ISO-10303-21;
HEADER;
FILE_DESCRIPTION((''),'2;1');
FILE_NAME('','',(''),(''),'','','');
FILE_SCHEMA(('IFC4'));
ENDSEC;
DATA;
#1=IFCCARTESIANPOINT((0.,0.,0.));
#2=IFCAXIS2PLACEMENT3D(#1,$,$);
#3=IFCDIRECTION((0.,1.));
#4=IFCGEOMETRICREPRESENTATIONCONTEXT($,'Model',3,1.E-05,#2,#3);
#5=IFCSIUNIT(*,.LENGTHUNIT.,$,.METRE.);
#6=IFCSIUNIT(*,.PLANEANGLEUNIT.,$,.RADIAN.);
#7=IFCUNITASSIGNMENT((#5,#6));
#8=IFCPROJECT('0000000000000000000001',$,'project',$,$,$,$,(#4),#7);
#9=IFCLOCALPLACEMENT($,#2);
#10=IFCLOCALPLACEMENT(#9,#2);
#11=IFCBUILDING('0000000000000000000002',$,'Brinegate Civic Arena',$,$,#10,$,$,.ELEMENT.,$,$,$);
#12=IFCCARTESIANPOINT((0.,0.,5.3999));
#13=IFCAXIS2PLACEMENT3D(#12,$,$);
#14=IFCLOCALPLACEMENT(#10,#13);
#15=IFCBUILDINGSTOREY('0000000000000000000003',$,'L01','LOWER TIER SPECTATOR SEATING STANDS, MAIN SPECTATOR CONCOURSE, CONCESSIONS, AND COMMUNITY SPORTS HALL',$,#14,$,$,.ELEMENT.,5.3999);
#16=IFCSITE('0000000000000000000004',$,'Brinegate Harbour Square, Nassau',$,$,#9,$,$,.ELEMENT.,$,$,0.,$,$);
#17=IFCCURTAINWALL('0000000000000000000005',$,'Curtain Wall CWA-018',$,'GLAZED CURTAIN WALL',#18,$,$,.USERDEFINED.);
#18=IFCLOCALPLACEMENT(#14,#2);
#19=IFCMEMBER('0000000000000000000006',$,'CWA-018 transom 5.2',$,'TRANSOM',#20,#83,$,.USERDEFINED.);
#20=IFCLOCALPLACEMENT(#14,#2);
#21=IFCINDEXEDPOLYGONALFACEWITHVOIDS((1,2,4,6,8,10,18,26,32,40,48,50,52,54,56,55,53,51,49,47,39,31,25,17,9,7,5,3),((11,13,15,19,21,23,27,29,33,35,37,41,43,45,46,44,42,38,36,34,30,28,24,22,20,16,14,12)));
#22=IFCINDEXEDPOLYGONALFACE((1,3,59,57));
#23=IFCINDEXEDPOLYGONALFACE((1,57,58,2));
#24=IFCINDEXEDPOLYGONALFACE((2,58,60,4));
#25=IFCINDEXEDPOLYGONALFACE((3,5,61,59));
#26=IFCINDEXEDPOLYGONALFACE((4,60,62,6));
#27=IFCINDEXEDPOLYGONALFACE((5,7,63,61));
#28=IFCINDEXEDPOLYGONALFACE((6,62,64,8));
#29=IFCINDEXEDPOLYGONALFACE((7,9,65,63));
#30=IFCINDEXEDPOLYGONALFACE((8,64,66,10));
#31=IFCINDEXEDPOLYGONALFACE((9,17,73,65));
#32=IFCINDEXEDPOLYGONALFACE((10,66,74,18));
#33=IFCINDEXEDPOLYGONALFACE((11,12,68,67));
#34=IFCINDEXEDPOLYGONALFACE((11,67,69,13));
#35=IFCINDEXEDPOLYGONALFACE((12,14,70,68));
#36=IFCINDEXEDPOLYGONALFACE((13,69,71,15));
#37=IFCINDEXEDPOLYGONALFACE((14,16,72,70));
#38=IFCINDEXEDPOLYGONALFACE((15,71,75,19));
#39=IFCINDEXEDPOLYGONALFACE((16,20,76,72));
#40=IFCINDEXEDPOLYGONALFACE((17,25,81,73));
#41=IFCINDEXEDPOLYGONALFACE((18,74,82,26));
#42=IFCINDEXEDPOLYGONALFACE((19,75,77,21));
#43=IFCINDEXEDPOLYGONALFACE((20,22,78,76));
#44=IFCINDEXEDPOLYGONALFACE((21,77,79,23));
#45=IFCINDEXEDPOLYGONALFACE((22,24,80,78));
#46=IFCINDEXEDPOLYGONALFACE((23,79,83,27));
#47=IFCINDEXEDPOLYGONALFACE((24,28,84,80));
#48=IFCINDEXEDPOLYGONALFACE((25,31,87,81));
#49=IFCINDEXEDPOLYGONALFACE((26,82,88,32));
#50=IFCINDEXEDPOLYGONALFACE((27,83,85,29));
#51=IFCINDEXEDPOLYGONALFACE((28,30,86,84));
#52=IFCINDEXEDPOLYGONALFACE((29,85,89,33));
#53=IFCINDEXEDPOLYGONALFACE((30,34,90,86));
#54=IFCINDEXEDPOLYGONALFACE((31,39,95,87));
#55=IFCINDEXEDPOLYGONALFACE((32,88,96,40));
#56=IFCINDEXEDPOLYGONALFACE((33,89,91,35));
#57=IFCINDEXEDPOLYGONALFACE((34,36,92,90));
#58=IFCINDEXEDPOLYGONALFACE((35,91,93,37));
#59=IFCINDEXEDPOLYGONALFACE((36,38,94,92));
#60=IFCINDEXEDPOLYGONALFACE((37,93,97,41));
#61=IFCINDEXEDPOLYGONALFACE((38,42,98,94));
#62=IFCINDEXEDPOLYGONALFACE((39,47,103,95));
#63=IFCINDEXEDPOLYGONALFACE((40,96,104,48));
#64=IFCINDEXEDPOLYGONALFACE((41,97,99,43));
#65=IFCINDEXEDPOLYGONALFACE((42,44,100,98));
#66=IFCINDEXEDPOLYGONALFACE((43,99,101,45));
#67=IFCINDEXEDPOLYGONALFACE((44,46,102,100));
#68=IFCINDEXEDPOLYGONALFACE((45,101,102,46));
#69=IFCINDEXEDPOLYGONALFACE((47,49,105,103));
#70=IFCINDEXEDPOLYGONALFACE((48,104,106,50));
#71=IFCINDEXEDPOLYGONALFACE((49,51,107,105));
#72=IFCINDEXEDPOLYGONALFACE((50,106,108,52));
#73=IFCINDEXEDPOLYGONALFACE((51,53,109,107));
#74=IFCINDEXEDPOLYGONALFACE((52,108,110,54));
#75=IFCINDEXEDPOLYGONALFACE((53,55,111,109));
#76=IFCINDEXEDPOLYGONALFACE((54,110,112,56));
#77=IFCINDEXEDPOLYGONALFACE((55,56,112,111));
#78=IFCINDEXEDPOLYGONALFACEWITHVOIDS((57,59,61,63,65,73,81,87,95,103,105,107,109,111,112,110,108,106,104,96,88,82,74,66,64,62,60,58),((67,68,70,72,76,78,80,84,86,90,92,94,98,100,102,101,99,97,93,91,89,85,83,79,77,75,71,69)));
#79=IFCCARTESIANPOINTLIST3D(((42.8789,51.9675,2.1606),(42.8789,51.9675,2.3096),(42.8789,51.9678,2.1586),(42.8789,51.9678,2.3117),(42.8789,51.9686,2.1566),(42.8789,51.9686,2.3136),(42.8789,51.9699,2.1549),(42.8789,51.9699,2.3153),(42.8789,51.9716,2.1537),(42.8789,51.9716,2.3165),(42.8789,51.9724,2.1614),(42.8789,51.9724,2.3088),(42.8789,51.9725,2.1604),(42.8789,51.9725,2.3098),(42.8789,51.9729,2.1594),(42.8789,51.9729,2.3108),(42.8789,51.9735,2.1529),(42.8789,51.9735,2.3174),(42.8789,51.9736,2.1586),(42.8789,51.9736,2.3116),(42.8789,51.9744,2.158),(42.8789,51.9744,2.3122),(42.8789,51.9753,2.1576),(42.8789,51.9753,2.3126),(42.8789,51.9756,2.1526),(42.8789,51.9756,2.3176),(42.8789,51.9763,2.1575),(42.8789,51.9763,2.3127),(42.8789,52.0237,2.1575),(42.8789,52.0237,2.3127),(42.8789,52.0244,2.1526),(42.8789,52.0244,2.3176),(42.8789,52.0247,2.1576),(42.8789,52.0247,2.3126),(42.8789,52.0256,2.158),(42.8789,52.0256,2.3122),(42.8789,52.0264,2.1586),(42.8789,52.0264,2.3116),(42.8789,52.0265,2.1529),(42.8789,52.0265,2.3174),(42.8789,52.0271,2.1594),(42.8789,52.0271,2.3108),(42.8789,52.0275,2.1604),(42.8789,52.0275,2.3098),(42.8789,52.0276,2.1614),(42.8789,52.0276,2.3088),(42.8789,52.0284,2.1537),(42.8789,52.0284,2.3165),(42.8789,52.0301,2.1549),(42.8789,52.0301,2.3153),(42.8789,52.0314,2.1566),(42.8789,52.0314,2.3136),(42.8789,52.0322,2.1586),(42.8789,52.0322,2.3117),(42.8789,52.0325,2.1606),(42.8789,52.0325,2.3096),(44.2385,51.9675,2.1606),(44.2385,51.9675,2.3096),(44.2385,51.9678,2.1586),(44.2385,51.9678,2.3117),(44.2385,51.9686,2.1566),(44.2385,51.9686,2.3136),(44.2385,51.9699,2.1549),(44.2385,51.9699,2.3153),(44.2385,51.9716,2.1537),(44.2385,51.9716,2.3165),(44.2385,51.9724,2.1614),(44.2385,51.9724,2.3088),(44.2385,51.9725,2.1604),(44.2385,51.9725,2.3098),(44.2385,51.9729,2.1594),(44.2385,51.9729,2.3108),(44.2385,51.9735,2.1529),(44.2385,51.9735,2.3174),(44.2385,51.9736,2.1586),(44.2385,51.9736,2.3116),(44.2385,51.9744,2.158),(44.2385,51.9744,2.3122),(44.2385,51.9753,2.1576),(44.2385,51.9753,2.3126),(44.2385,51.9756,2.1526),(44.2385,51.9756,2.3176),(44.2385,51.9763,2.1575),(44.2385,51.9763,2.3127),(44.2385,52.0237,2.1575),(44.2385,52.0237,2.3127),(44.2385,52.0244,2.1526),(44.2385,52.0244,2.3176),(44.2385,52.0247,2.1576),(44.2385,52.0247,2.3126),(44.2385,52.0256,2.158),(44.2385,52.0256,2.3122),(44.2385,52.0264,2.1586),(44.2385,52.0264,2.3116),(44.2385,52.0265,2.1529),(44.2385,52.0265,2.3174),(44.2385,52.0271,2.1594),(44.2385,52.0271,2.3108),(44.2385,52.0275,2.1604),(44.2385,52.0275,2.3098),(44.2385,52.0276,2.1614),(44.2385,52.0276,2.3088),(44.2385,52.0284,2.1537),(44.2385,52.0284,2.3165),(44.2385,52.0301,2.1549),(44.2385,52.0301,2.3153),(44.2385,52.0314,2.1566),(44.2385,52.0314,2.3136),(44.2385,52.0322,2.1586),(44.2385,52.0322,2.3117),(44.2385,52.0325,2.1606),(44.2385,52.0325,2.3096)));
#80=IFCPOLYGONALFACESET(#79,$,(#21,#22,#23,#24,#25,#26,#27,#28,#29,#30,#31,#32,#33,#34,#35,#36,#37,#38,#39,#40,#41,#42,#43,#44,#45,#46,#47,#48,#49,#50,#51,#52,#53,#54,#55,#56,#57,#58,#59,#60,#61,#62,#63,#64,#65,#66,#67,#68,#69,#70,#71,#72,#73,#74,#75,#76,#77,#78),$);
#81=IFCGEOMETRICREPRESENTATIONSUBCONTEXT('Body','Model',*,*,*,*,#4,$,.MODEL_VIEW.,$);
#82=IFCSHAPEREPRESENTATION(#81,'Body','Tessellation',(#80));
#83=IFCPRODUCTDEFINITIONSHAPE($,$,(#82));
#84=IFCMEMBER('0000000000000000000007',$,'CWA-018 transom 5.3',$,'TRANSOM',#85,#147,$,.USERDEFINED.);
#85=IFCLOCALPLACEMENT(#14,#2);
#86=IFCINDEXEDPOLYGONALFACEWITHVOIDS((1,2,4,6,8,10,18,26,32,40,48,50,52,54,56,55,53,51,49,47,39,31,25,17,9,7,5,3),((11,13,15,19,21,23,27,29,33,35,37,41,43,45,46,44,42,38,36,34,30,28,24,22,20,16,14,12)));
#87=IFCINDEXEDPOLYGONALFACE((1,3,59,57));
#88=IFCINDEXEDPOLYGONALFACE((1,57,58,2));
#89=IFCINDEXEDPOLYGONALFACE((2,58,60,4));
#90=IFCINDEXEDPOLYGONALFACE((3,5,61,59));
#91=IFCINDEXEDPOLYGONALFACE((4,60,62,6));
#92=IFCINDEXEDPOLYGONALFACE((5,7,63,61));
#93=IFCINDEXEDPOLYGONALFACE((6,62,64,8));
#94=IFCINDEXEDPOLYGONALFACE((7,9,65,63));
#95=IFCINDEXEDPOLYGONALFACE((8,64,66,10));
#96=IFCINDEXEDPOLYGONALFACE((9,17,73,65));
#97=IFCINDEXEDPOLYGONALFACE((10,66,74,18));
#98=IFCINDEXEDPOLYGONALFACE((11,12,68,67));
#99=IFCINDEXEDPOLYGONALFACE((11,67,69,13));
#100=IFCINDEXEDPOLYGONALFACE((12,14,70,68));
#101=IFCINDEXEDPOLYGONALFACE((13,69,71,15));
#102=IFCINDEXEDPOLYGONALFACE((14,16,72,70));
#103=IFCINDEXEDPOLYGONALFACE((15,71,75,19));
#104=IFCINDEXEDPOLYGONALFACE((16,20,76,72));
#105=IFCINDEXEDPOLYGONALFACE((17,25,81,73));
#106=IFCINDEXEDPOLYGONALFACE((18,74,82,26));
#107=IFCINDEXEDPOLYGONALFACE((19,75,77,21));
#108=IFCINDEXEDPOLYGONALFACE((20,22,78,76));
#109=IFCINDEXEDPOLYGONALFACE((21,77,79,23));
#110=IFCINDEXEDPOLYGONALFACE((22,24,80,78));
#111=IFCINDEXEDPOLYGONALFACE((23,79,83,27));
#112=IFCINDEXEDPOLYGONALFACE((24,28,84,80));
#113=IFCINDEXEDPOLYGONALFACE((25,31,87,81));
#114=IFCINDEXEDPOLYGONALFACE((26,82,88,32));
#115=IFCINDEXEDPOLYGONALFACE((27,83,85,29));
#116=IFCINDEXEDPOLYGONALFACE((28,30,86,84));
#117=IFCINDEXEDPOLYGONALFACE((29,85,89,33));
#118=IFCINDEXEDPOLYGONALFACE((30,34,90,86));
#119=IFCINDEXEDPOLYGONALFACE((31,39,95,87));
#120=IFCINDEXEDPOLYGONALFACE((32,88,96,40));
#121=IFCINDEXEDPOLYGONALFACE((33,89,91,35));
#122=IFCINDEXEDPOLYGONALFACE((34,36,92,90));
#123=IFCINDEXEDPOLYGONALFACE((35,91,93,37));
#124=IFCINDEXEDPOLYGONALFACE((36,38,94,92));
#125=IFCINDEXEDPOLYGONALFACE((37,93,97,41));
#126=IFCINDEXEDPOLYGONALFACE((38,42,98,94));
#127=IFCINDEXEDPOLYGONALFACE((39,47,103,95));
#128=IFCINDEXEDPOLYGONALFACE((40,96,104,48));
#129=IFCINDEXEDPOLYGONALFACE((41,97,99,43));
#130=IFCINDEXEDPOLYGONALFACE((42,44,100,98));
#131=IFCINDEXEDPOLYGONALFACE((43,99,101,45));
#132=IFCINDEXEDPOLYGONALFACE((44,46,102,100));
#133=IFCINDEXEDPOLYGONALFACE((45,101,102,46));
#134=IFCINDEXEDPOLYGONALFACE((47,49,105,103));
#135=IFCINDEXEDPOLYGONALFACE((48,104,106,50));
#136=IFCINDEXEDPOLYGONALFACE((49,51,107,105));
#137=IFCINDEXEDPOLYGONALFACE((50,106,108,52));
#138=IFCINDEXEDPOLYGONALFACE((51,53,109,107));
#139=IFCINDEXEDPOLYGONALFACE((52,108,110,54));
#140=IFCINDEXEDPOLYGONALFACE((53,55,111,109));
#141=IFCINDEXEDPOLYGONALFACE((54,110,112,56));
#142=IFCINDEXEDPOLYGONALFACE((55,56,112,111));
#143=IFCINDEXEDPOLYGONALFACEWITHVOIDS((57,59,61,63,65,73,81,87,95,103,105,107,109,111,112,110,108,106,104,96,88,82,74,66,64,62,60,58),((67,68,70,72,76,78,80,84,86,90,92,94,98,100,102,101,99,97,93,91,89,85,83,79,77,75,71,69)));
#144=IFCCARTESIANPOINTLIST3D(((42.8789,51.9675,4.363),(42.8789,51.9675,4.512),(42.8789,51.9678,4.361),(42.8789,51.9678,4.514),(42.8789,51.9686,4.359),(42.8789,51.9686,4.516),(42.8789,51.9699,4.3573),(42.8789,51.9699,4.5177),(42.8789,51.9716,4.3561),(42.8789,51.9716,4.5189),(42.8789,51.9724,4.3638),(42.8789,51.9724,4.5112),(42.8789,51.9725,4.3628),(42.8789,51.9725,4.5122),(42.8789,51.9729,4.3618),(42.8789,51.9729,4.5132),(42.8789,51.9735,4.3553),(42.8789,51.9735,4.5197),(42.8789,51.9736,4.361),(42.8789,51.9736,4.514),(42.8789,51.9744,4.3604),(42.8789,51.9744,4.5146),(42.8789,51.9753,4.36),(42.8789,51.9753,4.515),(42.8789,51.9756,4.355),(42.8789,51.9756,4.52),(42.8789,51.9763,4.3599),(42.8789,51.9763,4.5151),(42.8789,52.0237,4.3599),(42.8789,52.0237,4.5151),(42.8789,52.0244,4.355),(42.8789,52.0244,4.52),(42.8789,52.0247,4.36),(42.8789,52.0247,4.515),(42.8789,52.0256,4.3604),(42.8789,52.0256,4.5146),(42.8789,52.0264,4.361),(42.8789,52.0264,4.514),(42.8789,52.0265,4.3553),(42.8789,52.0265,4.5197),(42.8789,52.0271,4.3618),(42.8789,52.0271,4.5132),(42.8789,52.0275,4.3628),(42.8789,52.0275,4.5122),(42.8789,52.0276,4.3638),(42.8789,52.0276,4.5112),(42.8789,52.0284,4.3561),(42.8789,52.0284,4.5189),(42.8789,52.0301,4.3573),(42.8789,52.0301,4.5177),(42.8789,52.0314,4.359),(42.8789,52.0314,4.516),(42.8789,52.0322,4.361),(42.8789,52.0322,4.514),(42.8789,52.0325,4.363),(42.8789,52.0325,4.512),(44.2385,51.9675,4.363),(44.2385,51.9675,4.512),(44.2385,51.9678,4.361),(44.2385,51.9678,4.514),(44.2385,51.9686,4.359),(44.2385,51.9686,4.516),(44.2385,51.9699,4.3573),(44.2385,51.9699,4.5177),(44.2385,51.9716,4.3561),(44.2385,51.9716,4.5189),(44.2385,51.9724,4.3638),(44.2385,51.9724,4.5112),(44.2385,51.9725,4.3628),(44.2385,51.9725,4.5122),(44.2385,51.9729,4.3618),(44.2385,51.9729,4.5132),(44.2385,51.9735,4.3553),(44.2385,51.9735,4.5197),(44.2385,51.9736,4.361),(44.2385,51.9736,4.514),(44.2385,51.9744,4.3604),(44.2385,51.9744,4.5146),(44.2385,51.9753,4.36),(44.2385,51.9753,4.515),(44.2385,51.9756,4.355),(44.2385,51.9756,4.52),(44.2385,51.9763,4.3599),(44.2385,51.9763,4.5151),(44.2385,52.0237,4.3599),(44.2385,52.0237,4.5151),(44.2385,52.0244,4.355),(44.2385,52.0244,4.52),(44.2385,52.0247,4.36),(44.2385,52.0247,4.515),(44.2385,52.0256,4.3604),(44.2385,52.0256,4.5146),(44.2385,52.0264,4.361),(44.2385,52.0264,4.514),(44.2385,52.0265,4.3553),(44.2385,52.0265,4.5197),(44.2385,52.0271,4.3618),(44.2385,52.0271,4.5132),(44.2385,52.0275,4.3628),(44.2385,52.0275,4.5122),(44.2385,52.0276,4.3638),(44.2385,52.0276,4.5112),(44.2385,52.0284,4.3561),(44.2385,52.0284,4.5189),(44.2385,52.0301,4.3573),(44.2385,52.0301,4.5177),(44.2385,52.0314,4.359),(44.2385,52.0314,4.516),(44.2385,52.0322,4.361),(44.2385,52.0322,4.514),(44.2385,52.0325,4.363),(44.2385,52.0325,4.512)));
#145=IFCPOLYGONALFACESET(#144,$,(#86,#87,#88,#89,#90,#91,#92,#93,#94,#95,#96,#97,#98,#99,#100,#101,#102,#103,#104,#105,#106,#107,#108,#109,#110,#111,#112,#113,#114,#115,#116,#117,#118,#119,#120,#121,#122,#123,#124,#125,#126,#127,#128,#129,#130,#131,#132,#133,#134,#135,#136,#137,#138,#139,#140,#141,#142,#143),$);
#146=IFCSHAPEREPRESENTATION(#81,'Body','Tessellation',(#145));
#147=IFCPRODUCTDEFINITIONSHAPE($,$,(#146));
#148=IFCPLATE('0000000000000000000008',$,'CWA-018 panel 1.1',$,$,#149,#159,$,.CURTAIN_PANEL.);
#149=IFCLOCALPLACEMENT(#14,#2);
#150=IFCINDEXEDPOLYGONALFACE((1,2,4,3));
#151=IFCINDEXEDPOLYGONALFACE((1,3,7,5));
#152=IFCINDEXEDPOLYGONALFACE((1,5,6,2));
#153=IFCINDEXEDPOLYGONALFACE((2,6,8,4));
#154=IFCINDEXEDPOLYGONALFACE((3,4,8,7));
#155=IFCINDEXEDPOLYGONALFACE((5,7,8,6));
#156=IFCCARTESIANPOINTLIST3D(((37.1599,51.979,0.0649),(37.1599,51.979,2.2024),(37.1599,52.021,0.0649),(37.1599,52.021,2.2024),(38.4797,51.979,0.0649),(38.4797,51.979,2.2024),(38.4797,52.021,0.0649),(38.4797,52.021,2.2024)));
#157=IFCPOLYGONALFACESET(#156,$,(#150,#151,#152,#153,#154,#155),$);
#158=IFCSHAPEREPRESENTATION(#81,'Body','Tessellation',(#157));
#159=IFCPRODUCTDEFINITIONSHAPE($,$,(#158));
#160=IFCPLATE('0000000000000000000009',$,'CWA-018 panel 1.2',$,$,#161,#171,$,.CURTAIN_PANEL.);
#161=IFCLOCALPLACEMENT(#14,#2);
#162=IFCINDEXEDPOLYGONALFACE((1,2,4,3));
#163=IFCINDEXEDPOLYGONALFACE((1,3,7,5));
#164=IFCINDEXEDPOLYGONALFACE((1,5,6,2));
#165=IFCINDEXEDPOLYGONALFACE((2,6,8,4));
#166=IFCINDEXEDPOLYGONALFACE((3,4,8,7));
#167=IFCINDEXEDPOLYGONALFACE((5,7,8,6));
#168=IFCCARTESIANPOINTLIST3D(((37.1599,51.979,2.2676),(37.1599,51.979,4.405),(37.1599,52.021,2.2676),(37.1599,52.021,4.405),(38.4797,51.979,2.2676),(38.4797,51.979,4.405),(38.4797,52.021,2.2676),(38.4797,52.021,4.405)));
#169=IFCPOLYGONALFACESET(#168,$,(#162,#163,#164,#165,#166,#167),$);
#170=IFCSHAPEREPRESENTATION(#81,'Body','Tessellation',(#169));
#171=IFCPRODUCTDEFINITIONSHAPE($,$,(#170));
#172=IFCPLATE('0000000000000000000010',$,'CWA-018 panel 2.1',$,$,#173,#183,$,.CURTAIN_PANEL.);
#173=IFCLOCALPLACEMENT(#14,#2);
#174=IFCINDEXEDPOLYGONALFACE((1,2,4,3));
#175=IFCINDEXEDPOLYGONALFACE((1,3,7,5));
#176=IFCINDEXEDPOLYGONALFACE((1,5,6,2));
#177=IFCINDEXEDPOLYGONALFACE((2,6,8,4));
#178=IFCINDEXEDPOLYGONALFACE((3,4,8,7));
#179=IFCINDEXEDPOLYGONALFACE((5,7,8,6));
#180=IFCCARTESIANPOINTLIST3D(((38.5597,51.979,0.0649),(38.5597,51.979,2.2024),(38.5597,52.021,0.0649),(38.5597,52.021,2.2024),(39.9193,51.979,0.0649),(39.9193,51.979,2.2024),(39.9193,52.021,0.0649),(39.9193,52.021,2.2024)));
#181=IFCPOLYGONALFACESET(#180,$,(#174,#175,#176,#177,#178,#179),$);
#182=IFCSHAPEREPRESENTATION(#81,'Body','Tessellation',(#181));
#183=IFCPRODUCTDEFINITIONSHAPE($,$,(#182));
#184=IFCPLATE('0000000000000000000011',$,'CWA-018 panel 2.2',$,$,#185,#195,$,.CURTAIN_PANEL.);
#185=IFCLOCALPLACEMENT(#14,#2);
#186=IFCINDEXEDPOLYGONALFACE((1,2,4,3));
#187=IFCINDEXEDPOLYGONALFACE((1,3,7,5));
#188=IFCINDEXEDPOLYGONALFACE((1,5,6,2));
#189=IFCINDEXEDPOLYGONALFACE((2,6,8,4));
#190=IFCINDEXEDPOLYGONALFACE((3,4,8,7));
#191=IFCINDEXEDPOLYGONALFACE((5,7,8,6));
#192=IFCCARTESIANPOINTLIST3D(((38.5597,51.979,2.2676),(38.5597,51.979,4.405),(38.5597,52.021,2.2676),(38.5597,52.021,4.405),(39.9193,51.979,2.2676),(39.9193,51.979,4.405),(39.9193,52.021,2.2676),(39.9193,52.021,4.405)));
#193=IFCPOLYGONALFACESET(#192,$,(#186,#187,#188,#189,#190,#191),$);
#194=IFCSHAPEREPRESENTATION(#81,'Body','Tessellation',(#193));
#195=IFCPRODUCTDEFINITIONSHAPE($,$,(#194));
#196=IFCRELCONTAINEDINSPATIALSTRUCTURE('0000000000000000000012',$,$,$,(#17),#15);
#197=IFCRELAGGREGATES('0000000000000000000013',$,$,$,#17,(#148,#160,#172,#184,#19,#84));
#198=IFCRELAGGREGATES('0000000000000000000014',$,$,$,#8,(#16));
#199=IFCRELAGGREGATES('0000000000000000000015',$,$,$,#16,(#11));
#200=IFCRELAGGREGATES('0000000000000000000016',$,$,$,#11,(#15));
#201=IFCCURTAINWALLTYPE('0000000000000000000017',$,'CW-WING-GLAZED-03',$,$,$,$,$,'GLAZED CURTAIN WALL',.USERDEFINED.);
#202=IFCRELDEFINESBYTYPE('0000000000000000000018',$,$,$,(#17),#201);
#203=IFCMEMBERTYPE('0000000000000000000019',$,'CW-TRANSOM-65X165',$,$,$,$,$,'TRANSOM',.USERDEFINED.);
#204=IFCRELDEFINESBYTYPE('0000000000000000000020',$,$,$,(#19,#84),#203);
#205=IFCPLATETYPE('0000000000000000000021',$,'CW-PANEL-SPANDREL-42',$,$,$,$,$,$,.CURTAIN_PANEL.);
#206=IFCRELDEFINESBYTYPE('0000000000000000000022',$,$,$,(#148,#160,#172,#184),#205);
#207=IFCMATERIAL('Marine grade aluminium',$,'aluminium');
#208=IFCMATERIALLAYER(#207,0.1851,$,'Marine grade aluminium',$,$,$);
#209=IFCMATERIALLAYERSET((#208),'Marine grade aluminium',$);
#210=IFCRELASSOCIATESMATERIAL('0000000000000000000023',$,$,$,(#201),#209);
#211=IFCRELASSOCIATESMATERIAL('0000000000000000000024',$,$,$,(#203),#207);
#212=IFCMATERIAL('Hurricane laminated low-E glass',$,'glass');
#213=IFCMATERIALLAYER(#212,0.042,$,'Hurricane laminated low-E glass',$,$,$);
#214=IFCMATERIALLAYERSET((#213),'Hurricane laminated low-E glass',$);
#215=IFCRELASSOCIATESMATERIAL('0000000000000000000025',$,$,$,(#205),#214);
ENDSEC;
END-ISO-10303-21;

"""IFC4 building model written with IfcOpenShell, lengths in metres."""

from ifc_helpers import new_model, si_unit, direction, frame, origin, origin_2d, place, context, subcontext, project, spatial, rectangle, hollow_rectangle, extrude, material, layer, layer_set, material_profile, profile_set, type_object, element, aggregate, save


model = new_model("IFC4")

# Units and contexts
model_context = context("Model", 3, precision=1e-05, world=origin(), true_north=direction((0.0, 1.0)))
body_context = subcontext(model_context, "Body", "Model", "MODEL_VIEW")
ifc_project = project(units=[si_unit("LENGTHUNIT", "METRE"), si_unit("PLANEANGLEUNIT", "RADIAN")], contexts=[model_context])

# Site, building, storey
site_placement = place(None, origin())
site = spatial("IfcSite", under=ifc_project, at=site_placement, Name="Brinegate Harbour Square, Nassau", CompositionType="ELEMENT", RefElevation=0.0)
building_placement = place(site_placement, origin())
building = spatial("IfcBuilding", under=site, at=building_placement, Name="Brinegate Civic Arena", CompositionType="ELEMENT")
storey_placement = place(building_placement, frame((0.0, 0.0, 5.3999)))
storey = spatial("IfcBuildingStorey", under=building, at=storey_placement, Name="L01", Description="LOWER TIER SPECTATOR SEATING STANDS, MAIN SPECTATOR CONCOURSE, CONCESSIONS, AND COMMUNITY SPORTS HALL", CompositionType="ELEMENT", Elevation=5.3999)

# Curtain wall, members, plates
ifc_material_1 = material(Name="Marine grade aluminium", Category="aluminium")
ifc_layer_1 = layer(ifc_material_1, 0.1851, Name="Marine grade aluminium")
ifc_layer_set_1 = layer_set([ifc_layer_1], Name="Marine grade aluminium")
curtain_wall_type = type_object("IfcCurtainWallType", Name="CW-WING-GLAZED-03", ElementType="GLAZED CURTAIN WALL", PredefinedType="USERDEFINED", material=ifc_layer_set_1)
curtain_wall_placement = place(storey_placement, origin())
curtain_wall = element("IfcCurtainWall", 1, at=curtain_wall_placement, inside=storey, type_object=curtain_wall_type, Name="Curtain Wall CWA-018", ObjectType="GLAZED CURTAIN WALL", PredefinedType="USERDEFINED")
ifc_material_profile_1 = material_profile(ifc_material_1, hollow_rectangle(XDim=0.0649, YDim=0.165, WallThickness=0.0049, InnerFilletRadius=0.0039, OuterFilletRadius=0.0081, at=origin_2d()), Name="TRN65X165")
ifc_profile_set_1 = profile_set([ifc_material_profile_1], Name="Marine grade aluminium")
member_type_1 = type_object("IfcMemberType", Name="CW-TRANSOM-65X165", ElementType="TRANSOM", PredefinedType="USERDEFINED", material=ifc_profile_set_1)
member_1_placement = place(storey_placement, frame((42.8789, 52.0, 2.2351), z_axis=(1.0, 0.0, 0.0), x_axis=(0.0, 1.0, 0.0)))
member_1 = element("IfcMember", 2, at=member_1_placement, type_object=member_type_1, Name="CWA-018 transom 5.2", ObjectType="TRANSOM", PredefinedType="USERDEFINED", context=body_context, shape_type="SweptSolid", body=[
    extrude(hollow_rectangle(XDim=0.0649, YDim=0.165, WallThickness=0.0049, InnerFilletRadius=0.0039, OuterFilletRadius=0.0081, at=origin_2d()), origin(), (0.0, 0.0, 1.0), 1.3596),
])
member_2_placement = place(storey_placement, frame((42.8789, 52.0, 4.4375), z_axis=(1.0, 0.0, 0.0), x_axis=(0.0, 1.0, 0.0)))
member_2 = element("IfcMember", 3, at=member_2_placement, type_object=member_type_1, Name="CWA-018 transom 5.3", ObjectType="TRANSOM", PredefinedType="USERDEFINED", context=body_context, shape_type="SweptSolid", body=[
    extrude(hollow_rectangle(XDim=0.0649, YDim=0.165, WallThickness=0.0049, InnerFilletRadius=0.0039, OuterFilletRadius=0.0081, at=origin_2d()), origin(), (0.0, 0.0, 1.0), 1.3596),
])
ifc_material_2 = material(Name="Hurricane laminated low-E glass", Category="glass")
ifc_layer_2 = layer(ifc_material_2, 0.042, Name="Hurricane laminated low-E glass")
ifc_layer_set_2 = layer_set([ifc_layer_2], Name="Hurricane laminated low-E glass")
plate_type = type_object("IfcPlateType", Name="CW-PANEL-SPANDREL-42", PredefinedType="CURTAIN_PANEL", material=ifc_layer_set_2)
plate_1_placement = place(storey_placement, frame((37.8198, 52.0, 0.0649), z_axis=(0.0, 0.0, 1.0), x_axis=(1.0, 0.0, 0.0)))
plate_1 = element("IfcPlate", 4, at=plate_1_placement, type_object=plate_type, Name="CWA-018 panel 1.1", PredefinedType="CURTAIN_PANEL", context=body_context, shape_type="SweptSolid", body=[
    extrude(rectangle(XDim=1.3198, YDim=0.042, at=origin_2d()), origin(), (0.0, 0.0, 1.0), 2.1375),
])
plate_2_placement = place(storey_placement, frame((37.8198, 52.0, 2.2676), z_axis=(0.0, 0.0, 1.0), x_axis=(1.0, 0.0, 0.0)))
plate_2 = element("IfcPlate", 5, at=plate_2_placement, type_object=plate_type, Name="CWA-018 panel 1.2", PredefinedType="CURTAIN_PANEL", context=body_context, shape_type="SweptSolid", body=[
    extrude(rectangle(XDim=1.3198, YDim=0.042, at=origin_2d()), origin(), (0.0, 0.0, 1.0), 2.1375),
])
plate_3_placement = place(storey_placement, frame((39.2395, 52.0, 0.0649), z_axis=(0.0, 0.0, 1.0), x_axis=(1.0, 0.0, 0.0)))
plate_3 = element("IfcPlate", 6, at=plate_3_placement, type_object=plate_type, Name="CWA-018 panel 2.1", PredefinedType="CURTAIN_PANEL", context=body_context, shape_type="SweptSolid", body=[
    extrude(rectangle(XDim=1.3596, YDim=0.042, at=origin_2d()), origin(), (0.0, 0.0, 1.0), 2.1375),
])
plate_4_placement = place(storey_placement, frame((39.2395, 52.0, 2.2676), z_axis=(0.0, 0.0, 1.0), x_axis=(1.0, 0.0, 0.0)))
plate_4 = element("IfcPlate", 7, at=plate_4_placement, type_object=plate_type, Name="CWA-018 panel 2.2", PredefinedType="CURTAIN_PANEL", context=body_context, shape_type="SweptSolid", body=[
    extrude(rectangle(XDim=1.3596, YDim=0.042, at=origin_2d()), origin(), (0.0, 0.0, 1.0), 2.1375),
])
aggregate(curtain_wall, [plate_1, plate_2, plate_3, plate_4, member_1, member_2])

save(model, "model.ifc")
